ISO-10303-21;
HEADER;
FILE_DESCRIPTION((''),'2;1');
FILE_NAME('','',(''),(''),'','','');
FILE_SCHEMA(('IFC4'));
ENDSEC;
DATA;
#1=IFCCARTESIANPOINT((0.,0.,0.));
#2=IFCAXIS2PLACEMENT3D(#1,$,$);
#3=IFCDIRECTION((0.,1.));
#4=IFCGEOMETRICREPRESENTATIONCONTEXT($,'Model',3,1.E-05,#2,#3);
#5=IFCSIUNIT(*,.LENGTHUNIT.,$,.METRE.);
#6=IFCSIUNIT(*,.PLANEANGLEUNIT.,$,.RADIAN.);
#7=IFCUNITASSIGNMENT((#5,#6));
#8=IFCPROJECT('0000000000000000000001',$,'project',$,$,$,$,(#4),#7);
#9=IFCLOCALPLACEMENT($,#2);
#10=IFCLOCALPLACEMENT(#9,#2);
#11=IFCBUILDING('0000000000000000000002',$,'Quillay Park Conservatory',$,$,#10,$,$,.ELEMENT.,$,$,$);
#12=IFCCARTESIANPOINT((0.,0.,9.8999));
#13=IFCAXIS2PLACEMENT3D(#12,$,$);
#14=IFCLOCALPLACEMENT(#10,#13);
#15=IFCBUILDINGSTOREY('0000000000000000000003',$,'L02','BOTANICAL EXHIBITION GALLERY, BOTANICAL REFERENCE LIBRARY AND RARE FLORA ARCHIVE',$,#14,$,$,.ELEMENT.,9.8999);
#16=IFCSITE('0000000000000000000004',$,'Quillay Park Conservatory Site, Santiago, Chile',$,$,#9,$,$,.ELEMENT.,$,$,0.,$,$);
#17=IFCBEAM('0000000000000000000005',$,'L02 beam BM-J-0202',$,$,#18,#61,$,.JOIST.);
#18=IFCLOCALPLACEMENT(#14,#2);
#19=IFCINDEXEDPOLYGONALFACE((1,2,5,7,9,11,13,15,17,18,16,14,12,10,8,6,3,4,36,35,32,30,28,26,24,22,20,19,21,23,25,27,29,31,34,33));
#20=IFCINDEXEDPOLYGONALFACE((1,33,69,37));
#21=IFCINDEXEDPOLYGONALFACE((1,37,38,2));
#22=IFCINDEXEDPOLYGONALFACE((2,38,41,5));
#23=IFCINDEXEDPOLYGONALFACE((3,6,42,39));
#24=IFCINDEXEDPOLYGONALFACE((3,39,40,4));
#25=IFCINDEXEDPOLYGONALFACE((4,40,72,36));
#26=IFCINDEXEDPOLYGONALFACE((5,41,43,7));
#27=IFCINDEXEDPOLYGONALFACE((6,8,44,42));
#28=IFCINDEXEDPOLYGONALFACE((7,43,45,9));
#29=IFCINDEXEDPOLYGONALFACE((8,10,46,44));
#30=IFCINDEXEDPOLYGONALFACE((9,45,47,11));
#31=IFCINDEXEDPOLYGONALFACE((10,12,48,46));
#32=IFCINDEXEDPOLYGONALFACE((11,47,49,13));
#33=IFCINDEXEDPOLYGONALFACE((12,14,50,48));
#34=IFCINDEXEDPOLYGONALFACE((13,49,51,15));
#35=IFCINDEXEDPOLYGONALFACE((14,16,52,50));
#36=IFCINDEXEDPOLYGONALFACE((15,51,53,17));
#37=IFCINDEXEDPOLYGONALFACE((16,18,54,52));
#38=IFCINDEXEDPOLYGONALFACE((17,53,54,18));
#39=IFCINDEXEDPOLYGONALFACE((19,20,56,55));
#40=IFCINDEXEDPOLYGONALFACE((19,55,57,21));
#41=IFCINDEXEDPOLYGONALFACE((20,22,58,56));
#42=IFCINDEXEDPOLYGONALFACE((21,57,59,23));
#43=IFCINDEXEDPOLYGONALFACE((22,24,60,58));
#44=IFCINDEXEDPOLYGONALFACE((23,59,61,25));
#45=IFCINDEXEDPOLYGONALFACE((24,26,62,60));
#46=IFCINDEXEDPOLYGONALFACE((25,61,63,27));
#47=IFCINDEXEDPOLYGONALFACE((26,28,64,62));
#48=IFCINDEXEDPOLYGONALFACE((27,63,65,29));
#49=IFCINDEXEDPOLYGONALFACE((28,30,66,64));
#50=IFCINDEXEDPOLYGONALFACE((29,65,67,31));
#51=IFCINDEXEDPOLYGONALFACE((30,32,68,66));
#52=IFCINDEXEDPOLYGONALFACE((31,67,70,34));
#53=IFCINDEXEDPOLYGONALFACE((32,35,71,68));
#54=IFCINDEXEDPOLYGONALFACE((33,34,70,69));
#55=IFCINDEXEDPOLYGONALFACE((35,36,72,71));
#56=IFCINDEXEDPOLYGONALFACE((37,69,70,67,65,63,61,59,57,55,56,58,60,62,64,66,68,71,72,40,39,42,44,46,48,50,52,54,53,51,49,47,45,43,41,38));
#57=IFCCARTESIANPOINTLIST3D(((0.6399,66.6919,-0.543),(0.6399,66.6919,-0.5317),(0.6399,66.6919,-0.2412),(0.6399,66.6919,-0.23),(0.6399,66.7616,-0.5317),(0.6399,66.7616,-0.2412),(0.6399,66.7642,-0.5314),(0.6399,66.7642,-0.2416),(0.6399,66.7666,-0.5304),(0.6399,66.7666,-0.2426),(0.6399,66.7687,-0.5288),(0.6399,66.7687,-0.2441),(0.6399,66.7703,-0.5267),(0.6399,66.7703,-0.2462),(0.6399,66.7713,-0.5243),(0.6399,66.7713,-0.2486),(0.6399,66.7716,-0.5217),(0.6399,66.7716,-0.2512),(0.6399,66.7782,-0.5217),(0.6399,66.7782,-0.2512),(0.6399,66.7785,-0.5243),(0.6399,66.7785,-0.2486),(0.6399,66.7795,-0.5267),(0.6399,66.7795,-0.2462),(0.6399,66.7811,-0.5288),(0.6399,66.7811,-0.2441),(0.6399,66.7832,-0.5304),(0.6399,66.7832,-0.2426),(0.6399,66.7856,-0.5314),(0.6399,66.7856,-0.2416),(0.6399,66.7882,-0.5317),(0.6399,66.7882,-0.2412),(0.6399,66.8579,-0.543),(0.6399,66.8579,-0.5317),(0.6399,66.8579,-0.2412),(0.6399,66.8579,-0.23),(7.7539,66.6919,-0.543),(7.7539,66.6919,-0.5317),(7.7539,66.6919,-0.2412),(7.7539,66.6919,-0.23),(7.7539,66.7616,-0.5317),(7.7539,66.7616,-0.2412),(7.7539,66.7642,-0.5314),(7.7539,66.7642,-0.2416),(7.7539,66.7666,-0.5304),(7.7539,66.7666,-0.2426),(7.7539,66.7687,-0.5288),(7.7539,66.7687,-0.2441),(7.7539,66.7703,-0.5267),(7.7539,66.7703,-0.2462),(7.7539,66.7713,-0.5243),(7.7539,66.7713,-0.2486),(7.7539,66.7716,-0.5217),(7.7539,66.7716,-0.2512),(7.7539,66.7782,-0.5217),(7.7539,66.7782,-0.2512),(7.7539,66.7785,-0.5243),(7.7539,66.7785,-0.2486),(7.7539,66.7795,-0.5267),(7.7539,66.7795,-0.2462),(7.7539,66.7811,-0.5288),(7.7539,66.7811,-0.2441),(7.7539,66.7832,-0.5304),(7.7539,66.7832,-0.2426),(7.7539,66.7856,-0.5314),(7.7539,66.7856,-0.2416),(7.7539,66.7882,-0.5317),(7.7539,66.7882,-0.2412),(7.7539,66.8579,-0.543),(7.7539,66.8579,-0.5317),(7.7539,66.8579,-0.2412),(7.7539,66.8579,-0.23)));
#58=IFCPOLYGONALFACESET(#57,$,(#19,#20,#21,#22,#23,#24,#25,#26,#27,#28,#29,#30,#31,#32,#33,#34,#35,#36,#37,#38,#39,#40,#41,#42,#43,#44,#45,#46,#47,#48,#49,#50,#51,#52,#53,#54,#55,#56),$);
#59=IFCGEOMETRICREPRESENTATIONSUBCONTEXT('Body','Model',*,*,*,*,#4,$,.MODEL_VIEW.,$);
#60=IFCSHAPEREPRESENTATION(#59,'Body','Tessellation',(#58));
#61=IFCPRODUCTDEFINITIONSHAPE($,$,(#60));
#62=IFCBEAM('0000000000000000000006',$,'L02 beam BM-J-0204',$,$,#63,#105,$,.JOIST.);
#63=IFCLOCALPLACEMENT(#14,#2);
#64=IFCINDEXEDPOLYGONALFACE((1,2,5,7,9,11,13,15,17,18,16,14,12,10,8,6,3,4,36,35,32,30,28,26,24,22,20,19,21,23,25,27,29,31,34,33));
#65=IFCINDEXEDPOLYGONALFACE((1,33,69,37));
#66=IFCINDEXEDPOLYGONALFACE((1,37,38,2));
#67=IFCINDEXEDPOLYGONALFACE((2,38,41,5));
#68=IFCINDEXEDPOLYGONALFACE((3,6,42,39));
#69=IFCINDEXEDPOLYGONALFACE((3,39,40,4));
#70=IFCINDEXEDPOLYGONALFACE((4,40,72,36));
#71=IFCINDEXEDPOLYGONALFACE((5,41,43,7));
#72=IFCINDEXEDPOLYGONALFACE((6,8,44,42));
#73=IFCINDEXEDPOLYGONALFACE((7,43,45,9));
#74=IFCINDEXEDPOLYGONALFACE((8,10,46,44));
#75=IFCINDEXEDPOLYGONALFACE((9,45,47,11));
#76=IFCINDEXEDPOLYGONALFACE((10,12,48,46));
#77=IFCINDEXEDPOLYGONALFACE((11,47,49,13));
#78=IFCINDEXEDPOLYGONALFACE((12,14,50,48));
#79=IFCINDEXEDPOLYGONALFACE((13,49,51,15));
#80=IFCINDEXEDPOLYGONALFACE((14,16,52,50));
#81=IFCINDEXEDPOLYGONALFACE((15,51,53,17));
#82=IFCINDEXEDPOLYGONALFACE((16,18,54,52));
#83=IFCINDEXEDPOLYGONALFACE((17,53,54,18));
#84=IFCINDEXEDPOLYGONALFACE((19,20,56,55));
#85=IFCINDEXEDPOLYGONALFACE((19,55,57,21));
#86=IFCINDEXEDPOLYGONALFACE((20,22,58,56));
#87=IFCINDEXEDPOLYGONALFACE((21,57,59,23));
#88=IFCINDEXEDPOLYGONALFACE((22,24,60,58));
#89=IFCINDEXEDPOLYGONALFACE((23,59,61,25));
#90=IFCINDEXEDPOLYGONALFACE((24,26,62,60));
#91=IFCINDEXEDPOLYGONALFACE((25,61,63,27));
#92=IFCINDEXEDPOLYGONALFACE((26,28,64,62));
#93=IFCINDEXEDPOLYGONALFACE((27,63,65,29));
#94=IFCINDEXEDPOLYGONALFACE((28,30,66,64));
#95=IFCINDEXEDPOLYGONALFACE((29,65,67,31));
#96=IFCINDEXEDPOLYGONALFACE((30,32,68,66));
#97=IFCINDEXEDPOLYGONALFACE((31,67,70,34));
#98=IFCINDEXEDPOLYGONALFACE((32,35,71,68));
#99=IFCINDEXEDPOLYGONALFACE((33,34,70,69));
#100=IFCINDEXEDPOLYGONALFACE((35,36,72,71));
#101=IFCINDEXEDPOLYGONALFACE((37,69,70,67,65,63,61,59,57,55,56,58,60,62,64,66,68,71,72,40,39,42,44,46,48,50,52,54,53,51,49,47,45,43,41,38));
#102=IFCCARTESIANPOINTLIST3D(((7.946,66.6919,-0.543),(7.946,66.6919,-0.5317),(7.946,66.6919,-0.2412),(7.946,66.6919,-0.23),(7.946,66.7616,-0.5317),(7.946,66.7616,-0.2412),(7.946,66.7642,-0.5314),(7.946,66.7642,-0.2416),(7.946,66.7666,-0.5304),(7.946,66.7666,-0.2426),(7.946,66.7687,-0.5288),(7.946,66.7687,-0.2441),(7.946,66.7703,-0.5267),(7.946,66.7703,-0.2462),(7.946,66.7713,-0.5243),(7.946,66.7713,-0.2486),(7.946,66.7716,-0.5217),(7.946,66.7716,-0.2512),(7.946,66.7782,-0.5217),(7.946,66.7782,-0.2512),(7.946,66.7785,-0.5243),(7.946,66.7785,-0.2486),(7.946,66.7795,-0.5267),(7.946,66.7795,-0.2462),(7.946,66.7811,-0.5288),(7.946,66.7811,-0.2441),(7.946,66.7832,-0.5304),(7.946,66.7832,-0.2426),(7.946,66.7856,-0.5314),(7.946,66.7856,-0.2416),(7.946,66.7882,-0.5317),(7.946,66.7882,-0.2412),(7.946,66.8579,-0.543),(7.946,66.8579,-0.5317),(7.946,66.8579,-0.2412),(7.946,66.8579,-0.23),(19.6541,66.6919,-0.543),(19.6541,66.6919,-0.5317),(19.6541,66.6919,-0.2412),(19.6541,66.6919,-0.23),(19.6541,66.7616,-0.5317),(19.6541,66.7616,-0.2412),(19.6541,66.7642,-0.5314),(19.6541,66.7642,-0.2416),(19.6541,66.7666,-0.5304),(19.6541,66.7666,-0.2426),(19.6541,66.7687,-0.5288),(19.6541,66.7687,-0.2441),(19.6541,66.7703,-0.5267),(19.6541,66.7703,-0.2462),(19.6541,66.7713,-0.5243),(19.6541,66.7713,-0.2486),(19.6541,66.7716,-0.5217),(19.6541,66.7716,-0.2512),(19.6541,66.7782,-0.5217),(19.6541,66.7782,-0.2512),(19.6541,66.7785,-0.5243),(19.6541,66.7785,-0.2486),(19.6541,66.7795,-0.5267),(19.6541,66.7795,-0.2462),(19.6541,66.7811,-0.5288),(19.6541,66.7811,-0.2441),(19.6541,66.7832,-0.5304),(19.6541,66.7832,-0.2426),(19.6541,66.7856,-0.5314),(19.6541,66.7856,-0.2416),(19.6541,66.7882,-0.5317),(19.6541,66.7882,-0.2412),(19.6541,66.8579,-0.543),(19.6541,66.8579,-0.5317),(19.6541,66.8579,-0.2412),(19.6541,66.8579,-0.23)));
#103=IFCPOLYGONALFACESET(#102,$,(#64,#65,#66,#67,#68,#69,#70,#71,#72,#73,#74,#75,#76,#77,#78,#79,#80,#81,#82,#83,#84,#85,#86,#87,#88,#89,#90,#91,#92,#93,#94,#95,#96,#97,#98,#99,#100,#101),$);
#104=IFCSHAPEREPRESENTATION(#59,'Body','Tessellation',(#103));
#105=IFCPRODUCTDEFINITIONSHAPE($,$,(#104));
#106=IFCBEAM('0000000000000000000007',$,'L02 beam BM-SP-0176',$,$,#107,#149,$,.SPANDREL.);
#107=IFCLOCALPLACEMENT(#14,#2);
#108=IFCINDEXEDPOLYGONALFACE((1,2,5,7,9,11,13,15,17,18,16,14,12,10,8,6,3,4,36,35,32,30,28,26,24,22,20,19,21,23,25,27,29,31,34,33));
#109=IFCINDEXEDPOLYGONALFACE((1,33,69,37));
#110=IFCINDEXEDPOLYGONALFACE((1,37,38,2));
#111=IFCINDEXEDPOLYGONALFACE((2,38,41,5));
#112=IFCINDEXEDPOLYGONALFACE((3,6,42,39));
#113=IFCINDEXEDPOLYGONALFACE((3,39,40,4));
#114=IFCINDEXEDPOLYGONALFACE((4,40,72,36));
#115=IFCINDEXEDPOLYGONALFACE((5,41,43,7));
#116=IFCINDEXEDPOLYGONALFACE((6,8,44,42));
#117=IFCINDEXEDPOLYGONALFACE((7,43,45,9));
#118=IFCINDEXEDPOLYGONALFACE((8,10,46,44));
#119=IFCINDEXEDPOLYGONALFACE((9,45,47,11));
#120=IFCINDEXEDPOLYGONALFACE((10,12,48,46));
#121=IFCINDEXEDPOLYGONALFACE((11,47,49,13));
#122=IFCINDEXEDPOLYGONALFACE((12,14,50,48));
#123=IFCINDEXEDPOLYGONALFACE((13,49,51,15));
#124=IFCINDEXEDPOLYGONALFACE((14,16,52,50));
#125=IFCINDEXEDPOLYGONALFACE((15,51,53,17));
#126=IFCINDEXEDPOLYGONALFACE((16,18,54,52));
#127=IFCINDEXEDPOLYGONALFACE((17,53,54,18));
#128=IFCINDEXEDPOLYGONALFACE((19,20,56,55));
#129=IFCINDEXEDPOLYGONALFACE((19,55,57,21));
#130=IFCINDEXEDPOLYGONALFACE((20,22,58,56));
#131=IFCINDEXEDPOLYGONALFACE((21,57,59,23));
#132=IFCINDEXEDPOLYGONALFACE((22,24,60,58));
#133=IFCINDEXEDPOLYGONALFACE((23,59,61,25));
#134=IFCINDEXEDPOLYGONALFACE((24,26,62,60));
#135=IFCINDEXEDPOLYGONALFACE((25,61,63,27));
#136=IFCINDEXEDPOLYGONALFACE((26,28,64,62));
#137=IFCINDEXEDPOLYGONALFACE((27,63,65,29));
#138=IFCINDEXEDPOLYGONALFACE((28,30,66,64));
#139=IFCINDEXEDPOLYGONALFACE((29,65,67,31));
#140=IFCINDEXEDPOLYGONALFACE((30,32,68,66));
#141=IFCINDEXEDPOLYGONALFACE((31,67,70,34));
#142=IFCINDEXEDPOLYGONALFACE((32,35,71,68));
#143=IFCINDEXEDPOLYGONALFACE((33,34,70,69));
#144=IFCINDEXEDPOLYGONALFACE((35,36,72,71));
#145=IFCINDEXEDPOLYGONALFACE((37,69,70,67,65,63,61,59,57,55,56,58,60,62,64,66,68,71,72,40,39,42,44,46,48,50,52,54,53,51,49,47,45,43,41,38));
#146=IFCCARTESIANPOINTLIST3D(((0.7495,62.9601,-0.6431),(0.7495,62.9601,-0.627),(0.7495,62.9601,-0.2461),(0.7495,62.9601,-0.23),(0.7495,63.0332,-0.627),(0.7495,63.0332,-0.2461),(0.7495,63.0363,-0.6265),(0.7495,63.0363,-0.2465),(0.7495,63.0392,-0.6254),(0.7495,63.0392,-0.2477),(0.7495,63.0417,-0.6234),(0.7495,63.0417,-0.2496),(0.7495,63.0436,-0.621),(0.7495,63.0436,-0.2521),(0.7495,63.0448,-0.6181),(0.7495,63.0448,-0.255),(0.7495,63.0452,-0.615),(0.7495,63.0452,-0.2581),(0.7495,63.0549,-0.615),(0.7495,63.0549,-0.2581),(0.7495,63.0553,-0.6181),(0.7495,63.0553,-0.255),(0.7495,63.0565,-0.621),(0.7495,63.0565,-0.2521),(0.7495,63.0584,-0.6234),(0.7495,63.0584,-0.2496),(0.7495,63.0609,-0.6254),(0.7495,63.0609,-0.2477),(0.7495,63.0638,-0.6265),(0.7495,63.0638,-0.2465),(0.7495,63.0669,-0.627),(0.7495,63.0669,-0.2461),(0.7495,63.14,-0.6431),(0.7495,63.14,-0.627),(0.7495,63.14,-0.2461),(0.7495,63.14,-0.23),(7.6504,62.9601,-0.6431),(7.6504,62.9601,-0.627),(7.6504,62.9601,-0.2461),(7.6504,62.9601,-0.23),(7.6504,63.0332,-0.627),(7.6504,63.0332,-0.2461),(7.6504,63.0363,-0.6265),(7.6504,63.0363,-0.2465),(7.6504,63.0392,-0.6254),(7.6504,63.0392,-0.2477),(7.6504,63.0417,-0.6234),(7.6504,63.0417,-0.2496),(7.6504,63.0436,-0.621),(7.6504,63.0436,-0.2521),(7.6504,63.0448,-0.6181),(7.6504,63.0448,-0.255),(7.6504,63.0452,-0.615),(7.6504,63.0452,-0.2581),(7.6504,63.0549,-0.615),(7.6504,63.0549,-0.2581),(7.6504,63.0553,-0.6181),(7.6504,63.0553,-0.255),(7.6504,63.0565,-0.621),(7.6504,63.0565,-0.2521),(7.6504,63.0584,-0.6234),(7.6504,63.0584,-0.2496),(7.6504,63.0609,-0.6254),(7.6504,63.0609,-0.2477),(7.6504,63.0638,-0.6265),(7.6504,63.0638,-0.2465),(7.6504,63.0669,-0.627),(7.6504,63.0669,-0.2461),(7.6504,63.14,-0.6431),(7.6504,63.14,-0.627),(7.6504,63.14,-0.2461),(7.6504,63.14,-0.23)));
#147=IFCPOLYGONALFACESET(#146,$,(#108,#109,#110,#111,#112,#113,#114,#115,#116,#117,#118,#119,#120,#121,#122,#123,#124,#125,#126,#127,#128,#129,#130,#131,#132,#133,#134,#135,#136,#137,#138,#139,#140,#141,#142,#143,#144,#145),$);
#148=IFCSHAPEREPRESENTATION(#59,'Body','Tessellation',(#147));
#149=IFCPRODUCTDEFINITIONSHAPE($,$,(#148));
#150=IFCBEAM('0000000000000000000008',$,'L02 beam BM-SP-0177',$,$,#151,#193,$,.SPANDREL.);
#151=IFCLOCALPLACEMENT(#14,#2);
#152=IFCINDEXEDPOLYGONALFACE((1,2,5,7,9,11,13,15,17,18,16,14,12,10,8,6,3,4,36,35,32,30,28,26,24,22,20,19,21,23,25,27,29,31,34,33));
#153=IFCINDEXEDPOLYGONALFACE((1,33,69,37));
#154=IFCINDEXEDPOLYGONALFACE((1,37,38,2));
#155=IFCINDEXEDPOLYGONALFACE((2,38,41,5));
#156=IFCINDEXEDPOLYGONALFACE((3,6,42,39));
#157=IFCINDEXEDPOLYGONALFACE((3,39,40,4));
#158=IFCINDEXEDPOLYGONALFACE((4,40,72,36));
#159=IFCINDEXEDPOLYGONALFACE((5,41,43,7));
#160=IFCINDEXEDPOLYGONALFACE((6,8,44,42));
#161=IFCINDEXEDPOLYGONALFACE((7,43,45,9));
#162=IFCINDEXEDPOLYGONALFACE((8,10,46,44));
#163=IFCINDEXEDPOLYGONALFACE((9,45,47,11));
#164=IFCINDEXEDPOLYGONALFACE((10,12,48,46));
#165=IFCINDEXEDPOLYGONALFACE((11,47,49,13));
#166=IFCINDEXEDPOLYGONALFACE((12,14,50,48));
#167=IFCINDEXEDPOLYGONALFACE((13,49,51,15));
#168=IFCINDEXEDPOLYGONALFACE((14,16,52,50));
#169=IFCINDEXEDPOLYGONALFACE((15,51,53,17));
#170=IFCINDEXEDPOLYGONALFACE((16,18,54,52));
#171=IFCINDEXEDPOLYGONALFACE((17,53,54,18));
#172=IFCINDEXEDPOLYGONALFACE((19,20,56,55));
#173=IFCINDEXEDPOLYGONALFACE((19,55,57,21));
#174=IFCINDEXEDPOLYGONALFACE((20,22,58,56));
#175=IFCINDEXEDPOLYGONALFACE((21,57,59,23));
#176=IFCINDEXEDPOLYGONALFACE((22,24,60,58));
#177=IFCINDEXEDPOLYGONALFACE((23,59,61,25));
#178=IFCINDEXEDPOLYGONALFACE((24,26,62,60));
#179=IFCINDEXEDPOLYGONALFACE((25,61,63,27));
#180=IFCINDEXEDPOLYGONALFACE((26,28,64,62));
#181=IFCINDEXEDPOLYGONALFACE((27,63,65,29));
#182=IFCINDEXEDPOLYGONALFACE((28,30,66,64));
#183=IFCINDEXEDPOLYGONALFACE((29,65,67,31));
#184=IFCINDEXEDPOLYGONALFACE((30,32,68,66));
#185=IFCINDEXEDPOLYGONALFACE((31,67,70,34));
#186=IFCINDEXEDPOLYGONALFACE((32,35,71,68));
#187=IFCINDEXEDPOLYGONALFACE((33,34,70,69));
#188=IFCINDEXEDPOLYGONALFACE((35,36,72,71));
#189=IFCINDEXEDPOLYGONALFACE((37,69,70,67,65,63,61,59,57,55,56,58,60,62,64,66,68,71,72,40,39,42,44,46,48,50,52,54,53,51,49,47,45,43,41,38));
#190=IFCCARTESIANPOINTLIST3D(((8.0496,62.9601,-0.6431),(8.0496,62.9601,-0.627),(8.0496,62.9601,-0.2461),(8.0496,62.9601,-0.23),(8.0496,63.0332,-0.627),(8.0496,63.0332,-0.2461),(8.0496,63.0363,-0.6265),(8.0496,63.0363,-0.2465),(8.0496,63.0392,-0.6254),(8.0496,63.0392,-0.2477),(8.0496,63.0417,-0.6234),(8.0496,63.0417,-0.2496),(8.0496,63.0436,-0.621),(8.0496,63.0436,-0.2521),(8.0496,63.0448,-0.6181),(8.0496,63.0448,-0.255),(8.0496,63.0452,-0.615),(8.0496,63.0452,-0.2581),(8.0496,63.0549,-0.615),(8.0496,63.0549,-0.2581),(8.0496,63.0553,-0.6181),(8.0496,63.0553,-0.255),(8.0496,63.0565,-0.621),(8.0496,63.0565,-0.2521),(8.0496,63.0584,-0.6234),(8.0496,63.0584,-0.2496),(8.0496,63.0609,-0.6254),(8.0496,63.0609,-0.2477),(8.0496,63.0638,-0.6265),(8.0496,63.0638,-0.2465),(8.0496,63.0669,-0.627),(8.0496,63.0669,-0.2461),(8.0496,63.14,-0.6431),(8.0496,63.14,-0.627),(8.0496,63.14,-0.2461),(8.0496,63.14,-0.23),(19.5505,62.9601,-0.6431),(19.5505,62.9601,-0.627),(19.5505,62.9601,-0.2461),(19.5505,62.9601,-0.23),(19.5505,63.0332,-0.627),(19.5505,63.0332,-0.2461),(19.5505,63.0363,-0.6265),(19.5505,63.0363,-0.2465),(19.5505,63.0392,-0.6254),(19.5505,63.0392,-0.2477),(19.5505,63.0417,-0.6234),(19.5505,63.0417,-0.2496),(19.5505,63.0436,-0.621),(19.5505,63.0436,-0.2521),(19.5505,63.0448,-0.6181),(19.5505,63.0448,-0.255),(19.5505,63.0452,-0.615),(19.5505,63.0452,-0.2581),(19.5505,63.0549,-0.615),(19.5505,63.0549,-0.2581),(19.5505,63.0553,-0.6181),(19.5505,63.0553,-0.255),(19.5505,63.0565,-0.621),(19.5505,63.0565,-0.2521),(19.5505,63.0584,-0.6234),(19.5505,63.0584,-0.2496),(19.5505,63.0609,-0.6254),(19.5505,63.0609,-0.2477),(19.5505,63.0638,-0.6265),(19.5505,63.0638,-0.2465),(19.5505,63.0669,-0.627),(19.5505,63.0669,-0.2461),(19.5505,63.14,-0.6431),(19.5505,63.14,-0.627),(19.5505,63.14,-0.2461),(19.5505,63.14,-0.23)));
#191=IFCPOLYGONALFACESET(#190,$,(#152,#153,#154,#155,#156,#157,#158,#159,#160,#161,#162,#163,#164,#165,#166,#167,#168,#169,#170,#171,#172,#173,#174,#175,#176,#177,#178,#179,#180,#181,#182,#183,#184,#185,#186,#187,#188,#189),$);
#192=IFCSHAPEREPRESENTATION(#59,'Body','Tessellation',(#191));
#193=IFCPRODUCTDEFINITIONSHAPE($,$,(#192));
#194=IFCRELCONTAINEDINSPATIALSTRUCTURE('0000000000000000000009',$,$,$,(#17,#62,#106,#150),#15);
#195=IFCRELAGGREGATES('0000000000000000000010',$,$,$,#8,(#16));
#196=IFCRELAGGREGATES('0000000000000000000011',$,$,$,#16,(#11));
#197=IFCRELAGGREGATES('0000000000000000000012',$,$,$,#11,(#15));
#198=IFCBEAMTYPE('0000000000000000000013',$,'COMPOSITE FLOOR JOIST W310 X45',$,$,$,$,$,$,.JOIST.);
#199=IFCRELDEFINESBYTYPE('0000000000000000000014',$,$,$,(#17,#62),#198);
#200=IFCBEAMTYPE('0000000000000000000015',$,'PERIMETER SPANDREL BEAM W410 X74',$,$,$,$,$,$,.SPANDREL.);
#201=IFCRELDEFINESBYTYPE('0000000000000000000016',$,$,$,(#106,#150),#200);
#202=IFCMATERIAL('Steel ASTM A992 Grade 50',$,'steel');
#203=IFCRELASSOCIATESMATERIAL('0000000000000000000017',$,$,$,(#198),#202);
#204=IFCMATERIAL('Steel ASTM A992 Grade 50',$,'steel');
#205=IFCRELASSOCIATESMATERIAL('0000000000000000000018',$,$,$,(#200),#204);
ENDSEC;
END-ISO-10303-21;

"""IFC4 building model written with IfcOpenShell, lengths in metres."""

from ifc_helpers import new_model, si_unit, direction, frame, origin, origin_2d, place, context, subcontext, project, spatial, i_section, extrude, material, material_profile, profile_set, type_object, element, save


model = new_model("IFC4")

# Units and contexts
model_context = context("Model", 3, precision=1e-05, world=origin(), true_north=direction((0.0, 1.0)))
body_context = subcontext(model_context, "Body", "Model", "MODEL_VIEW")
ifc_project = project(units=[si_unit("LENGTHUNIT", "METRE"), si_unit("PLANEANGLEUNIT", "RADIAN")], contexts=[model_context])

# Site, building, storey
site_placement = place(None, origin())
site = spatial("IfcSite", under=ifc_project, at=site_placement, Name="Quillay Park Conservatory Site, Santiago, Chile", CompositionType="ELEMENT", RefElevation=0.0)
building_placement = place(site_placement, origin())
building = spatial("IfcBuilding", under=site, at=building_placement, Name="Quillay Park Conservatory", CompositionType="ELEMENT")
storey_placement = place(building_placement, frame((0.0, 0.0, 9.8999)))
storey = spatial("IfcBuildingStorey", under=building, at=storey_placement, Name="L02", Description="BOTANICAL EXHIBITION GALLERY, BOTANICAL REFERENCE LIBRARY AND RARE FLORA ARCHIVE", CompositionType="ELEMENT", Elevation=9.8999)

# Beams
ifc_material_1 = material(Name="Steel ASTM A992 Grade 50", Category="steel")
ifc_material_profile_1 = material_profile(ifc_material_1, i_section(OverallWidth=0.166, OverallDepth=0.313, WebThickness=0.0066, FlangeThickness=0.0112, FilletRadius=0.01, at=origin_2d()), Name="W310x45")
ifc_profile_set_1 = profile_set([ifc_material_profile_1], Name="Steel ASTM A992 Grade 50")
beam_type_1 = type_object("IfcBeamType", Name="COMPOSITE FLOOR JOIST W310 X45", PredefinedType="JOIST", material=ifc_profile_set_1)
beam_1_placement = place(storey_placement, frame((0.6399, 66.7749, -0.3865), z_axis=(1.0, 0.0, 0.0), x_axis=(0.0, 1.0, 0.0)))
element("IfcBeam", 1, at=beam_1_placement, inside=storey, type_object=beam_type_1, Name="L02 beam BM-J-0202", PredefinedType="JOIST", context=body_context, shape_type="SweptSolid", body=[
    extrude(i_section(OverallWidth=0.166, OverallDepth=0.313, WebThickness=0.0066, FlangeThickness=0.0112, FilletRadius=0.01, at=origin_2d()), origin(), (0.0, 0.0, 1.0), 7.114),
])
beam_2_placement = place(storey_placement, frame((7.946, 66.7749, -0.3865), z_axis=(1.0, 0.0, 0.0), x_axis=(0.0, 1.0, 0.0)))
element("IfcBeam", 2, at=beam_2_placement, inside=storey, type_object=beam_type_1, Name="L02 beam BM-J-0204", PredefinedType="JOIST", context=body_context, shape_type="SweptSolid", body=[
    extrude(i_section(OverallWidth=0.166, OverallDepth=0.313, WebThickness=0.0066, FlangeThickness=0.0112, FilletRadius=0.01, at=origin_2d()), origin(), (0.0, 0.0, 1.0), 11.708),
])
ifc_material_2 = material(Name="Steel ASTM A992 Grade 50", Category="steel")
ifc_material_profile_2 = material_profile(ifc_material_2, i_section(OverallWidth=0.1799, OverallDepth=0.4131, WebThickness=0.0098, FlangeThickness=0.0161, FilletRadius=0.012, at=origin_2d()), Name="W410x74")
ifc_profile_set_2 = profile_set([ifc_material_profile_2], Name="Steel ASTM A992 Grade 50")
beam_type_2 = type_object("IfcBeamType", Name="PERIMETER SPANDREL BEAM W410 X74", PredefinedType="SPANDREL", material=ifc_profile_set_2)
beam_3_placement = place(storey_placement, frame((0.7495, 63.05, -0.4365), z_axis=(1.0, 0.0, 0.0), x_axis=(0.0, 1.0, 0.0)))
element("IfcBeam", 3, at=beam_3_placement, inside=storey, type_object=beam_type_2, Name="L02 beam BM-SP-0176", PredefinedType="SPANDREL", context=body_context, shape_type="SweptSolid", body=[
    extrude(i_section(OverallWidth=0.1799, OverallDepth=0.4131, WebThickness=0.0098, FlangeThickness=0.0161, FilletRadius=0.012, at=origin_2d()), origin(), (0.0, 0.0, 1.0), 6.9009),
])
beam_4_placement = place(storey_placement, frame((8.0496, 63.05, -0.4365), z_axis=(1.0, 0.0, 0.0), x_axis=(0.0, 1.0, 0.0)))
element("IfcBeam", 4, at=beam_4_placement, inside=storey, type_object=beam_type_2, Name="L02 beam BM-SP-0177", PredefinedType="SPANDREL", context=body_context, shape_type="SweptSolid", body=[
    extrude(i_section(OverallWidth=0.1799, OverallDepth=0.4131, WebThickness=0.0098, FlangeThickness=0.0161, FilletRadius=0.012, at=origin_2d()), origin(), (0.0, 0.0, 1.0), 11.501),
])

save(model, "model.ifc")
